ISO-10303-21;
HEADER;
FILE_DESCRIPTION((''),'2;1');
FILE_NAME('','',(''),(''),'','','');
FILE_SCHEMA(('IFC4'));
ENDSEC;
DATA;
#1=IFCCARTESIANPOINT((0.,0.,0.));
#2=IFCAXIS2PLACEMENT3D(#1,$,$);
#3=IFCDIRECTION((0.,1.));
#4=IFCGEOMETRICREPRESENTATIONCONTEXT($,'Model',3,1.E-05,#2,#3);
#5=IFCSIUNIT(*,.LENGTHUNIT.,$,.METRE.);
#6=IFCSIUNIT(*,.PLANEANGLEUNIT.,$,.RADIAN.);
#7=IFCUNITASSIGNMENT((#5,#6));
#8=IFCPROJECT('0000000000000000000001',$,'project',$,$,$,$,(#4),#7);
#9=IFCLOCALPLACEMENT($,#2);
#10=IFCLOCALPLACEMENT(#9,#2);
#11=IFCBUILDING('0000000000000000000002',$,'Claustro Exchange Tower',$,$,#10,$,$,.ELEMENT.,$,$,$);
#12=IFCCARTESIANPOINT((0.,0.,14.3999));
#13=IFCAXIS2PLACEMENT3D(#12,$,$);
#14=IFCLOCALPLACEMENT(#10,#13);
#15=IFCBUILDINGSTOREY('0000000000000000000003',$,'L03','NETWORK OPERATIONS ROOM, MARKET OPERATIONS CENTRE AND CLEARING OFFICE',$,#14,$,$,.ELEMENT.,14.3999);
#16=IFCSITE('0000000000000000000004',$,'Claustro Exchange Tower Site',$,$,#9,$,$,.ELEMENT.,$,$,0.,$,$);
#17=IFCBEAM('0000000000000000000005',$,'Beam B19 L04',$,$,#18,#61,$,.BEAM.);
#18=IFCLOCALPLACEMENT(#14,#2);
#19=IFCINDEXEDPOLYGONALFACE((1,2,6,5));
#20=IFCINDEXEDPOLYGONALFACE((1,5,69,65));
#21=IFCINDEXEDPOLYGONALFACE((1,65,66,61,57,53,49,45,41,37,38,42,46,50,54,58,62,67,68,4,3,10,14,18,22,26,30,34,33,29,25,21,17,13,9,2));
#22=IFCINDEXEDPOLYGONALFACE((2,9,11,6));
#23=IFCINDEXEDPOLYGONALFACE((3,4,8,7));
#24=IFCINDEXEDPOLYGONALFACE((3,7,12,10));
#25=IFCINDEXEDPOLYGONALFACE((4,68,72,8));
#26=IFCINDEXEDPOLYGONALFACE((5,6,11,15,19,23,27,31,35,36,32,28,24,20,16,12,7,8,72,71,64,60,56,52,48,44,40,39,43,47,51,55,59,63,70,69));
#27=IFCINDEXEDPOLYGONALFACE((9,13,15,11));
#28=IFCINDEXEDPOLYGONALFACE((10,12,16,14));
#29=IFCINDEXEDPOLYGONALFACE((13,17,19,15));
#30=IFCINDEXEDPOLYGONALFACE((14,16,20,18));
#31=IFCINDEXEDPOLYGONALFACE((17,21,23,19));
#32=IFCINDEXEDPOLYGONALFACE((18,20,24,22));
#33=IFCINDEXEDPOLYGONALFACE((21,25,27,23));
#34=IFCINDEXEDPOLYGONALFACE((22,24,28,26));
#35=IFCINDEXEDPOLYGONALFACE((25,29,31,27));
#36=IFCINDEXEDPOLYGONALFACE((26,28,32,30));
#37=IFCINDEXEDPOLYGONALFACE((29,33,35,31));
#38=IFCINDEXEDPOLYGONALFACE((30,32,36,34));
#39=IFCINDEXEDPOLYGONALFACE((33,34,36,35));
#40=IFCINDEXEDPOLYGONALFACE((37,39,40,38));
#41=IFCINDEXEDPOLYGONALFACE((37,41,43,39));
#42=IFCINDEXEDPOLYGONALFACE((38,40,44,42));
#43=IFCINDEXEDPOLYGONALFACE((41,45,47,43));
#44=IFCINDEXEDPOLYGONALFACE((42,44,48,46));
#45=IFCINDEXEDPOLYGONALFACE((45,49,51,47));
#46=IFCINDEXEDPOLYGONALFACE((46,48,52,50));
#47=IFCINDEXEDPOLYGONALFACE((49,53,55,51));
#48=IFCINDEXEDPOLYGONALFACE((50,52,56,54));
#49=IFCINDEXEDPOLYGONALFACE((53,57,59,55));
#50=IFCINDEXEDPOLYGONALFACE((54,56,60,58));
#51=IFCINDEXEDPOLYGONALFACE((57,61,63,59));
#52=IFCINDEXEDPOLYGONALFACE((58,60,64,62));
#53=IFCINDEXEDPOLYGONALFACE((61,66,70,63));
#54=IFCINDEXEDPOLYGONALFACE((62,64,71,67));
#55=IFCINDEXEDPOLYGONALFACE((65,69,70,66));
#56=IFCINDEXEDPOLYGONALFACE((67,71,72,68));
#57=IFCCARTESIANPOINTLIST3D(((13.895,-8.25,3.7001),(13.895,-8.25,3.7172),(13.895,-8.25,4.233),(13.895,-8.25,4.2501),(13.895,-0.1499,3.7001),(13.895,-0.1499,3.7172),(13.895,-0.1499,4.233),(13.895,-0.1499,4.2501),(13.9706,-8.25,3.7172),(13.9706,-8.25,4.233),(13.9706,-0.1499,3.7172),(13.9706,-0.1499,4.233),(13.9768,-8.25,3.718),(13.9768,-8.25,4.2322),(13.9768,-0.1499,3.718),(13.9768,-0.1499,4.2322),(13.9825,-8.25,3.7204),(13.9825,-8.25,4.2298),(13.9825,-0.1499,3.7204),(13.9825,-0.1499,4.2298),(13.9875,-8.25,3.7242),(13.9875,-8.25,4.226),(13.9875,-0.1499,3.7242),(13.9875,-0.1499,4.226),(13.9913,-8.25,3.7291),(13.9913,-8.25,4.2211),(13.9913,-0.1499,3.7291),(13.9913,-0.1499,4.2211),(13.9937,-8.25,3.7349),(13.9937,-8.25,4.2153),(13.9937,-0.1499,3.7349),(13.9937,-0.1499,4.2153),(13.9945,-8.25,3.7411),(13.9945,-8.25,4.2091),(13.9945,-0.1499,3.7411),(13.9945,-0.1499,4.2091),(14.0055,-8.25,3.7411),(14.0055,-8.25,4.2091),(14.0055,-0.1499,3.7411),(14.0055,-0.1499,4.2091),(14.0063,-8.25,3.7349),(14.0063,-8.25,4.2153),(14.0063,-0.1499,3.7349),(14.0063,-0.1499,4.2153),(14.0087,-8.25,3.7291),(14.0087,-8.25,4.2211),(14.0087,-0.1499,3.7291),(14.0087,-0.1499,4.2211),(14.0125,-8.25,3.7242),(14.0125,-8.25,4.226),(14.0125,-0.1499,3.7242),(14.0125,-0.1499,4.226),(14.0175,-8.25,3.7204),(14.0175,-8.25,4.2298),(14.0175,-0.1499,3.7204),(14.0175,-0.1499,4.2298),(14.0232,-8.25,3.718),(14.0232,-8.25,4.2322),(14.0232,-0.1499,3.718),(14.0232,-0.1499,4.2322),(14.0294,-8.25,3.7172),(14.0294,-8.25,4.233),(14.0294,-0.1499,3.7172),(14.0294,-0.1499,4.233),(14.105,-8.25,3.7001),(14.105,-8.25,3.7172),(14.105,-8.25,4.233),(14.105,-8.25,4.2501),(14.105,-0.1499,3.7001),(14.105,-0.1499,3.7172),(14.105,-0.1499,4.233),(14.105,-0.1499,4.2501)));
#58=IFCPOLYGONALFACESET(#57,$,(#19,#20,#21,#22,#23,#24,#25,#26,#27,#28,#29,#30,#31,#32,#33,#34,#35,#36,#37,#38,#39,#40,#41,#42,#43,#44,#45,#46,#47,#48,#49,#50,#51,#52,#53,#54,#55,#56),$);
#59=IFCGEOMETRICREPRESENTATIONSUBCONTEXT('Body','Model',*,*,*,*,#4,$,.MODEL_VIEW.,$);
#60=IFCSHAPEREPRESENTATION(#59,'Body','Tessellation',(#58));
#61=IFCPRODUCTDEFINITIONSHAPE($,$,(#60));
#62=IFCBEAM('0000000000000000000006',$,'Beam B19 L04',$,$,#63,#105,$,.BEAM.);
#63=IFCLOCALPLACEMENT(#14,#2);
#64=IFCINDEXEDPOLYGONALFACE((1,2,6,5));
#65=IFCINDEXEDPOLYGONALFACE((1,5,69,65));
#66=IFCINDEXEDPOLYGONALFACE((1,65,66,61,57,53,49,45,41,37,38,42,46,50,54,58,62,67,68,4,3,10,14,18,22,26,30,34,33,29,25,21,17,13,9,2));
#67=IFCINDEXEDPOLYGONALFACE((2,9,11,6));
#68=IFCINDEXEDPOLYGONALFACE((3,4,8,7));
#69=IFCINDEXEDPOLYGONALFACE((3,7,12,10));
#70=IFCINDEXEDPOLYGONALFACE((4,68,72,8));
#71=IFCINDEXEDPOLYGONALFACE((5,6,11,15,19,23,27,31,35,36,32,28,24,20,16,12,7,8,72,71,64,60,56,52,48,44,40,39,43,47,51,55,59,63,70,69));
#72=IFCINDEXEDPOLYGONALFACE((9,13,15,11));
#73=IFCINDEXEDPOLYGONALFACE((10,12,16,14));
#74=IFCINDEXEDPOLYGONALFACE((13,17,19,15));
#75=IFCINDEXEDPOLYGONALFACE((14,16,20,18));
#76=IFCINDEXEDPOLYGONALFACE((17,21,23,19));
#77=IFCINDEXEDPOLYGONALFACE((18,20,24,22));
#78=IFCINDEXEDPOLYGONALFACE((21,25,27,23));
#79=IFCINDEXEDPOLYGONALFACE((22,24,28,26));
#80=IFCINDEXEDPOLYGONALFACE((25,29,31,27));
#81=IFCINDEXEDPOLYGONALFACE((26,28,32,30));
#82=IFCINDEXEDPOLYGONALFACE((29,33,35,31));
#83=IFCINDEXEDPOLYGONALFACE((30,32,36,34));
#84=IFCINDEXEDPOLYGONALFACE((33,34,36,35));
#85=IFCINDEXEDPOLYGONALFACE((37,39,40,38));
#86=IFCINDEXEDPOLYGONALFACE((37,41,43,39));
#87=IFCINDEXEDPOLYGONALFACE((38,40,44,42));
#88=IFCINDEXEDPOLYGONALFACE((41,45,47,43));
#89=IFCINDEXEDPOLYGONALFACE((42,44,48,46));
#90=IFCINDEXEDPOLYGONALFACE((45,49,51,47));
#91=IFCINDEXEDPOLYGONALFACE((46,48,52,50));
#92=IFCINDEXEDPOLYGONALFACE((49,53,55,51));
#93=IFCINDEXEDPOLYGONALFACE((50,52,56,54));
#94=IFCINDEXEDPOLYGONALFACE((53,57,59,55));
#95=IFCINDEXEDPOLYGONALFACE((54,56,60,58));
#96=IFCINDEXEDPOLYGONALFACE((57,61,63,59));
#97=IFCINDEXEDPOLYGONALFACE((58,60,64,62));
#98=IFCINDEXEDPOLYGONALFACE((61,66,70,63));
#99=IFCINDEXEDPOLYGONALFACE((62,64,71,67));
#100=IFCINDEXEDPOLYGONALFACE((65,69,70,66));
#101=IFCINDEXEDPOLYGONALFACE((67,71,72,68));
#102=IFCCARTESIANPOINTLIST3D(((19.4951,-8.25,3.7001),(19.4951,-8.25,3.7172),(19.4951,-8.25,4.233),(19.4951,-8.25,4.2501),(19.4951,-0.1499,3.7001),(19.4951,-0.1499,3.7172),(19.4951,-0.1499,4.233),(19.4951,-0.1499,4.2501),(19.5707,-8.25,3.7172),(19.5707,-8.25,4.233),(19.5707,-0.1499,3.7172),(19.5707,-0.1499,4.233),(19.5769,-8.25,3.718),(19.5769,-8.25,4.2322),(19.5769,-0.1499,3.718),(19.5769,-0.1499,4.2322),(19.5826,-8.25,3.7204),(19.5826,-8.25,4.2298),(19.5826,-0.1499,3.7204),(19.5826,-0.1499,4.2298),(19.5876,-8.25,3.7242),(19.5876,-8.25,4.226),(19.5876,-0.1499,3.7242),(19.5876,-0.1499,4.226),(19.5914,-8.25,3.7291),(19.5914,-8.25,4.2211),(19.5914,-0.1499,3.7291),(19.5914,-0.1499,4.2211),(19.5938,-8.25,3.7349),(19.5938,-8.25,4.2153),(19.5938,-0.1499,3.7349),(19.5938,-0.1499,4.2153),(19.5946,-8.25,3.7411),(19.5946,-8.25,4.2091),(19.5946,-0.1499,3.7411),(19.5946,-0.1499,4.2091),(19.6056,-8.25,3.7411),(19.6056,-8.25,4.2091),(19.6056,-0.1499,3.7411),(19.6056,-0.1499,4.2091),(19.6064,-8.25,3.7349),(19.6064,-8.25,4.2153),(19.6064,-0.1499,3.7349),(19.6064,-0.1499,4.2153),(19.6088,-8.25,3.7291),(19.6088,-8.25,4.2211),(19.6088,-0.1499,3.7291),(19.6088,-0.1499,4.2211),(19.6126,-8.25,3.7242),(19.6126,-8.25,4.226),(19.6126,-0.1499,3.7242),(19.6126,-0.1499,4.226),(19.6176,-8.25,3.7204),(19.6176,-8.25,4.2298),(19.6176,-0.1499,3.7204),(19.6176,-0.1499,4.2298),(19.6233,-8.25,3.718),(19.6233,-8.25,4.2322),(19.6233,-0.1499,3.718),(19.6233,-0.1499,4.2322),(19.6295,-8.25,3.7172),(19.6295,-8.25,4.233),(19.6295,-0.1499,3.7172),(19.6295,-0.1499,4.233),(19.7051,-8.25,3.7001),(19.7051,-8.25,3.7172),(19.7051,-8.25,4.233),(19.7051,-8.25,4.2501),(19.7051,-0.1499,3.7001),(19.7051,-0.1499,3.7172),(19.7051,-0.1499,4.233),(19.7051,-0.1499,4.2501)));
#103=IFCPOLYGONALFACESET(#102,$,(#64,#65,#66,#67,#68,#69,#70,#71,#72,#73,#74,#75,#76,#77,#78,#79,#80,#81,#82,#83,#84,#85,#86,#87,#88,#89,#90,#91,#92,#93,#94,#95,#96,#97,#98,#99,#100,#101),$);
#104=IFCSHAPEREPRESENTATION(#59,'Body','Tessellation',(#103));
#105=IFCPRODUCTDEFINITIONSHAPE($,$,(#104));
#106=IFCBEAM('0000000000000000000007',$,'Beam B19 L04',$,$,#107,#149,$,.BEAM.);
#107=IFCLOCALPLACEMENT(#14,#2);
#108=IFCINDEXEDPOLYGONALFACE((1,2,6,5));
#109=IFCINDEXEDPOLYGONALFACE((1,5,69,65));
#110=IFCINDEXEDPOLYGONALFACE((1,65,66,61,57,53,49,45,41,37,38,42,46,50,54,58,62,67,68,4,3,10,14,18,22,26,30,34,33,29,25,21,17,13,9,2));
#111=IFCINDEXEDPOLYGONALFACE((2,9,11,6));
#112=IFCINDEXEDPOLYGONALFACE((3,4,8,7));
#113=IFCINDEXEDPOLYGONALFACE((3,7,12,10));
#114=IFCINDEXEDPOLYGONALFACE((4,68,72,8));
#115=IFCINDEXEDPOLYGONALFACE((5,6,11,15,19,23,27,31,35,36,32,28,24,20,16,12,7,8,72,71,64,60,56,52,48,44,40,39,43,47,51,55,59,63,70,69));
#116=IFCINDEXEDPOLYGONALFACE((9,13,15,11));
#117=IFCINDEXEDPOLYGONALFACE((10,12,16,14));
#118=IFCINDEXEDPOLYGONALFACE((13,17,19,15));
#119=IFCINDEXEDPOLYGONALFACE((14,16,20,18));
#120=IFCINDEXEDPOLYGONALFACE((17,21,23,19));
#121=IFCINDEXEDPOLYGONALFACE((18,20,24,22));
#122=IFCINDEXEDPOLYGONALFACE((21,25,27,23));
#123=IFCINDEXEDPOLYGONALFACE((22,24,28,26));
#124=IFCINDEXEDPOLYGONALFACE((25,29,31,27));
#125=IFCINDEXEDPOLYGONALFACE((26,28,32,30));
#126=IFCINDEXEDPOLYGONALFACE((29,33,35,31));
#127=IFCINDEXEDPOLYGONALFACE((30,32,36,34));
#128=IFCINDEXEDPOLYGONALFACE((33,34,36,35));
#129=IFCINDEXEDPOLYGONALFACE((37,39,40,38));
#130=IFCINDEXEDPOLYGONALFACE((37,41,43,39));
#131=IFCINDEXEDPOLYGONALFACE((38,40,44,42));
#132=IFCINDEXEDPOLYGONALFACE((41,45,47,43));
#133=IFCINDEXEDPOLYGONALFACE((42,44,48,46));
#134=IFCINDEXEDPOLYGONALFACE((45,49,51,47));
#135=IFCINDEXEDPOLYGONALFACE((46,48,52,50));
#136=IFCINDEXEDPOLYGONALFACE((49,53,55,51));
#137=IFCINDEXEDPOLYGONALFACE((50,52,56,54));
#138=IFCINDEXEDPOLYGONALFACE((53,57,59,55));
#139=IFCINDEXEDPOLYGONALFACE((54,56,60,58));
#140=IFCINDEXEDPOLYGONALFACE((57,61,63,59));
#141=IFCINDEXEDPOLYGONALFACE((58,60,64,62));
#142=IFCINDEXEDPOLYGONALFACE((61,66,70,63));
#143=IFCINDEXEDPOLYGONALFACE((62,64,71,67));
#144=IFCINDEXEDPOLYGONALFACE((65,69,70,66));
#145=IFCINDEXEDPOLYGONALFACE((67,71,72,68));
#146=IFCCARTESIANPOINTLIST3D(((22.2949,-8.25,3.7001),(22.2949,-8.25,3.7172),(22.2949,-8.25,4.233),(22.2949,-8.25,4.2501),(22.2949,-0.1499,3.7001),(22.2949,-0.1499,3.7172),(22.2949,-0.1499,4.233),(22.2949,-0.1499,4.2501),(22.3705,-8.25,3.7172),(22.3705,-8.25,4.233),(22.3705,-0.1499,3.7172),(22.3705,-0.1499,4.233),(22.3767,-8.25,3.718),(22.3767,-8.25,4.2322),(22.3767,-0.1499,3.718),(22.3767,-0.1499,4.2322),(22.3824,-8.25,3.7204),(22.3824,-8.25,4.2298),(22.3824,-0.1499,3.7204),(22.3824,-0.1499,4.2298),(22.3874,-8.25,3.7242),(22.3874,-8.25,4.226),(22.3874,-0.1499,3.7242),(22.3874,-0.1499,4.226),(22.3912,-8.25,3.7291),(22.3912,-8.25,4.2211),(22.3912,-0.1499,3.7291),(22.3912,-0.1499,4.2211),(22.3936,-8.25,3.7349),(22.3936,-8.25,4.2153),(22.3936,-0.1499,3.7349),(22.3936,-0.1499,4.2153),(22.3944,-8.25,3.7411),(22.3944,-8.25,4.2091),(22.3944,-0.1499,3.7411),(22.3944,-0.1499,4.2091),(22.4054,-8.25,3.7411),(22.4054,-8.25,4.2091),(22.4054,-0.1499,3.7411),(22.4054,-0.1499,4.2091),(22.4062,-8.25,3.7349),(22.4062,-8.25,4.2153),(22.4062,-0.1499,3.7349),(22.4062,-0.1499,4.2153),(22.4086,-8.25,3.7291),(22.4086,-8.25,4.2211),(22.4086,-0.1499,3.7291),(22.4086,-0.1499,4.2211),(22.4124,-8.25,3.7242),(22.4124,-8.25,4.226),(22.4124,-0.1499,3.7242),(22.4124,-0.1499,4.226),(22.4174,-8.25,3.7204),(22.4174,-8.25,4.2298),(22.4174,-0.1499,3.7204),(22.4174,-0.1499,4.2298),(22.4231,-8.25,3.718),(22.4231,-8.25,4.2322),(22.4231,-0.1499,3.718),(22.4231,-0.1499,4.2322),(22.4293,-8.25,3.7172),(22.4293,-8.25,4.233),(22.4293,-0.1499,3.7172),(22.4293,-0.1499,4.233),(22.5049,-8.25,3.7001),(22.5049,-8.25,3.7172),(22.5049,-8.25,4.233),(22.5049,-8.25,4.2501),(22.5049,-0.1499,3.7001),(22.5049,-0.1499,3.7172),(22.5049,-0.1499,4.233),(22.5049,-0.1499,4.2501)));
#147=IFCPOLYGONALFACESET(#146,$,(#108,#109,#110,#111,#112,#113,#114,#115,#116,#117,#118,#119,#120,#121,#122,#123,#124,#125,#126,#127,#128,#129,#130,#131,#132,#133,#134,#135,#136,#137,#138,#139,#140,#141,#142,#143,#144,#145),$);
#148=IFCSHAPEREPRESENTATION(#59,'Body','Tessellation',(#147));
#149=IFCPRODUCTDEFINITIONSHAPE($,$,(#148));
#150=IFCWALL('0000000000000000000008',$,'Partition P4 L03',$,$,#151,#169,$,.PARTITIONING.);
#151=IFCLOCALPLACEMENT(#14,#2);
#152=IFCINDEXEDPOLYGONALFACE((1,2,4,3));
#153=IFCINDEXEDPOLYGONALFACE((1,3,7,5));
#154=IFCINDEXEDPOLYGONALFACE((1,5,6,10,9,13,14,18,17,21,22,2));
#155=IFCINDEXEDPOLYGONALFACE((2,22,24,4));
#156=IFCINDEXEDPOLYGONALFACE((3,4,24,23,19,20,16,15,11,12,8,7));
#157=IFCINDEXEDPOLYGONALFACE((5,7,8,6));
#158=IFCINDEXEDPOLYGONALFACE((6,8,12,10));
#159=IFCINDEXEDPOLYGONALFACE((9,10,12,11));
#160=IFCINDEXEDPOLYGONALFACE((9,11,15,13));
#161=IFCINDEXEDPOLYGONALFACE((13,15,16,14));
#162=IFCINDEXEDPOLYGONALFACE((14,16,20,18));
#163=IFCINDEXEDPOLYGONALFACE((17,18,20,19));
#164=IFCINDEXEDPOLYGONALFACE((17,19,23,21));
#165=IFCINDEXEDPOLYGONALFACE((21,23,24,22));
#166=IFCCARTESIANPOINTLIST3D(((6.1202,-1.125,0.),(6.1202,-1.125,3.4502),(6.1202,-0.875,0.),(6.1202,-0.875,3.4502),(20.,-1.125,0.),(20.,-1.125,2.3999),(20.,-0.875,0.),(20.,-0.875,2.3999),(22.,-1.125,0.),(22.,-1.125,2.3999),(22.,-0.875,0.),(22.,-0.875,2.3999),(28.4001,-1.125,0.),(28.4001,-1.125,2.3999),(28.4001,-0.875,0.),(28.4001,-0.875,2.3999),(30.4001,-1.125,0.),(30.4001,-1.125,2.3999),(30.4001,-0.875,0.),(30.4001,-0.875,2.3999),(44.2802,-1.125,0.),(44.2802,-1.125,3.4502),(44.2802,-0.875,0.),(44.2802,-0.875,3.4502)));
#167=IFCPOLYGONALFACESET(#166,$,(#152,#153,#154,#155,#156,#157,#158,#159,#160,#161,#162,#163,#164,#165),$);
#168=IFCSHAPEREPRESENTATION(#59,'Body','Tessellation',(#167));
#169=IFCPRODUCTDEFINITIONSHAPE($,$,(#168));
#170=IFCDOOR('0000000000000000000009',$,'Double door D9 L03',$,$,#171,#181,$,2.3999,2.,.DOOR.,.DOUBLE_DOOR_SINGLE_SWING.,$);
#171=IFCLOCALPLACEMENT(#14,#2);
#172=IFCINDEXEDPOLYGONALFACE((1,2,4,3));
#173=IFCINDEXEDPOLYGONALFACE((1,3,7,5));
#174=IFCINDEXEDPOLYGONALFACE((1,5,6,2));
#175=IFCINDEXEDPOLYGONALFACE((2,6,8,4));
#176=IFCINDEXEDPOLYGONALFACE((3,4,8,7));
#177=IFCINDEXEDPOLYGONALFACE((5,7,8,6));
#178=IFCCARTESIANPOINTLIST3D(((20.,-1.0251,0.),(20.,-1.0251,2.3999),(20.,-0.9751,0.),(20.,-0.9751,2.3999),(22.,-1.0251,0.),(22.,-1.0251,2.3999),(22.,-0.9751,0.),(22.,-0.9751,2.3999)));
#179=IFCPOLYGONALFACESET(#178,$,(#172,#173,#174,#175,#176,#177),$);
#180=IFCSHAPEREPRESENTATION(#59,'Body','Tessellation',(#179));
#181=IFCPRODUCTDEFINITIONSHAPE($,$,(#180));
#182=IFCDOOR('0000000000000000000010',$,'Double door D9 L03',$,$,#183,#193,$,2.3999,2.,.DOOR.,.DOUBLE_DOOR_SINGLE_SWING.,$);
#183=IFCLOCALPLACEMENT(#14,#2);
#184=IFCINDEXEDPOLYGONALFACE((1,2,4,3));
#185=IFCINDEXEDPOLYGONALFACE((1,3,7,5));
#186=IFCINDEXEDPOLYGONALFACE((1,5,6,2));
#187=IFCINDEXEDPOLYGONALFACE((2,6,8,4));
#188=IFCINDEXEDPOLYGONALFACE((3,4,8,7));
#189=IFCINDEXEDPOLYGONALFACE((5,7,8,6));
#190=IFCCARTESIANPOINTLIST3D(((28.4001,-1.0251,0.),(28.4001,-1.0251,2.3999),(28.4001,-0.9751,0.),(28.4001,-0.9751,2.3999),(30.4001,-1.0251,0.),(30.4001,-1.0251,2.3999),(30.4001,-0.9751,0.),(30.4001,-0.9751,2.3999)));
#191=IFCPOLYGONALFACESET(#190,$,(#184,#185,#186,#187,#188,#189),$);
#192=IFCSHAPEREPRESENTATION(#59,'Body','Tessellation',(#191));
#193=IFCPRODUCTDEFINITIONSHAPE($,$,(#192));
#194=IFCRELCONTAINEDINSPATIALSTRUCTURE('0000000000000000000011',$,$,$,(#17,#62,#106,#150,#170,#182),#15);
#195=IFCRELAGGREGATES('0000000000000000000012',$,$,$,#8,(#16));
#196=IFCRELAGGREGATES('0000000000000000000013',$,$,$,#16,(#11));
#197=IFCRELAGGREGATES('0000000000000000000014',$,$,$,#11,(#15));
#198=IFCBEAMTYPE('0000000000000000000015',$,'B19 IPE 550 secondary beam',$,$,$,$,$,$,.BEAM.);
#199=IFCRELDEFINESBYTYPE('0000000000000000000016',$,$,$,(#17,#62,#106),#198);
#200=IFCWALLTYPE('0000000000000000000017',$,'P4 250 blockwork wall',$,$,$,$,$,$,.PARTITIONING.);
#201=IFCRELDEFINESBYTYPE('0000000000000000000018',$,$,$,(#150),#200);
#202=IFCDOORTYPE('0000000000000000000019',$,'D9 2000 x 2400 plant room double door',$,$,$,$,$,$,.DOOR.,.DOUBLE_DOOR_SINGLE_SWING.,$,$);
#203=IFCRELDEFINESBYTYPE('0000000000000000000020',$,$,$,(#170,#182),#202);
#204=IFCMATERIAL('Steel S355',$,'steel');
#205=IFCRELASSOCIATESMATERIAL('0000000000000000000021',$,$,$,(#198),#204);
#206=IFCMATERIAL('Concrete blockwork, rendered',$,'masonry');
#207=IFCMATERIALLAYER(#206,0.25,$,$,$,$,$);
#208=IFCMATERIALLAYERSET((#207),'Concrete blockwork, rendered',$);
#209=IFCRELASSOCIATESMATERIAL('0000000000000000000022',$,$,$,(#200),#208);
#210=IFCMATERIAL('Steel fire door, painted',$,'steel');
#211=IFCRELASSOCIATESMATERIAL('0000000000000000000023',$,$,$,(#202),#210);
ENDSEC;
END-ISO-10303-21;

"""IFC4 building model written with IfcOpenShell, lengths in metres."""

from ifc_helpers import new_model, si_unit, direction, frame, frame_2d, origin, origin_2d, place, context, subcontext, project, spatial, rectangle, i_section, extrude, material, layer, layer_set, material_profile, profile_set, type_object, element, fill, save


model = new_model("IFC4")

# Units and contexts
model_context = context("Model", 3, precision=1e-05, world=origin(), true_north=direction((0.0, 1.0)))
body_context = subcontext(model_context, "Body", "Model", "MODEL_VIEW")
ifc_project = project(units=[si_unit("LENGTHUNIT", "METRE"), si_unit("PLANEANGLEUNIT", "RADIAN")], contexts=[model_context])

# Site, building, storey
site_placement = place(None, origin())
site = spatial("IfcSite", under=ifc_project, at=site_placement, Name="Claustro Exchange Tower Site", CompositionType="ELEMENT", RefElevation=0.0)
building_placement = place(site_placement, origin())
building = spatial("IfcBuilding", under=site, at=building_placement, Name="Claustro Exchange Tower", CompositionType="ELEMENT")
storey_placement = place(building_placement, frame((0.0, 0.0, 14.3999)))
storey = spatial("IfcBuildingStorey", under=building, at=storey_placement, Name="L03", Description="NETWORK OPERATIONS ROOM, MARKET OPERATIONS CENTRE AND CLEARING OFFICE", CompositionType="ELEMENT", Elevation=14.3999)

# Beams
ifc_material_1 = material(Name="Steel S355", Category="steel")
ifc_material_profile_1 = material_profile(ifc_material_1, i_section(OverallWidth=0.21, OverallDepth=0.55, WebThickness=0.011, FlangeThickness=0.0171, FilletRadius=0.0239, at=origin_2d()), Name="IPE 550")
ifc_profile_set_1 = profile_set([ifc_material_profile_1], Name="Steel S355")
beam_type_1 = type_object("IfcBeamType", Name="B19 IPE 550 secondary beam", PredefinedType="BEAM", material=ifc_profile_set_1)
for number, where, z_axis, x_axis, name in (
    (1, (14.0, -8.25, 3.9751), (0.0, 1.0, 0.0), (-1.0, 0.0, 0.0), "Beam B19 L04"),
    (2, (19.6001, -8.25, 3.9751), (0.0, 1.0, 0.0), (-1.0, 0.0, 0.0), "Beam B19 L04"),
    (3, (22.3999, -8.25, 3.9751), (0.0, 1.0, 0.0), (-1.0, 0.0, 0.0), "Beam B19 L04"),
):
    element("IfcBeam", number, at=place(storey_placement, frame(where, z_axis=z_axis, x_axis=x_axis)), inside=storey, type_object=beam_type_1, Name=name, PredefinedType="BEAM", context=body_context, shape_type="SweptSolid", body=[
        extrude(i_section(OverallWidth=0.21, OverallDepth=0.55, WebThickness=0.011, FlangeThickness=0.0171, FilletRadius=0.0239, at=origin_2d()), origin(), (0.0, 0.0, 1.0), 8.1001),
    ])

# Wall, openings, doors
ifc_material_2 = material(Name="Concrete blockwork, rendered", Category="masonry")
ifc_layer_1 = layer(ifc_material_2, 0.25)
ifc_layer_set_1 = layer_set([ifc_layer_1], Name="Concrete blockwork, rendered")
wall_type_1 = type_object("IfcWallType", Name="P4 250 blockwork wall", PredefinedType="PARTITIONING", material=ifc_layer_set_1)
wall_1_placement = place(storey_placement, frame((6.1201, -1.0, 0.0), z_axis=(0.0, 0.0, 1.0), x_axis=(1.0, 0.0, 0.0)))
wall_1 = element("IfcWall", 4, at=wall_1_placement, inside=storey, type_object=wall_type_1, Name="Partition P4 L03", PredefinedType="PARTITIONING", context=body_context, shape_type="SweptSolid", body=[
    extrude(rectangle(XDim=38.1599, YDim=0.25, at=frame_2d((19.0801, 0.0))), origin(), (0.0, 0.0, 1.0), 3.4502),
])
opening_1_placement = place(wall_1_placement, frame((13.8799, 0.0, 0.0)))
opening_1 = element("IfcOpeningElement", 5, at=opening_1_placement, cuts=wall_1, PredefinedType="OPENING", context=body_context, shape_type="SweptSolid", body=[
    extrude(rectangle(XDim=2.0, YDim=2.3999, at=frame_2d((1.0, 1.2))), frame((0.0, 0.135, 0.0), z_axis=(0.0, -1.0, 0.0), x_axis=(1.0, 0.0, 0.0)), (0.0, 0.0, 1.0), 0.27),
])
opening_2_placement = place(wall_1_placement, frame((22.28, 0.0, 0.0)))
opening_2 = element("IfcOpeningElement", 6, at=opening_2_placement, cuts=wall_1, PredefinedType="OPENING", context=body_context, shape_type="SweptSolid", body=[
    extrude(rectangle(XDim=2.0, YDim=2.3999, at=frame_2d((1.0, 1.2))), frame((0.0, 0.135, 0.0), z_axis=(0.0, -1.0, 0.0), x_axis=(1.0, 0.0, 0.0)), (0.0, 0.0, 1.0), 0.27),
])
ifc_material_3 = material(Name="Steel fire door, painted", Category="steel")
door_type_1 = type_object("IfcDoorType", Name="D9 2000 x 2400 plant room double door", OperationType="DOUBLE_DOOR_SINGLE_SWING", PredefinedType="DOOR", material=ifc_material_3)
door_1_placement = place(opening_1_placement, origin())
door_1 = element("IfcDoor", 7, at=door_1_placement, inside=storey, type_object=door_type_1, Name="Double door D9 L03", OperationType="DOUBLE_DOOR_SINGLE_SWING", OverallHeight=2.3999, OverallWidth=2.0, PredefinedType="DOOR", context=body_context, shape_type="SweptSolid", body=[
    extrude(rectangle(XDim=2.0, YDim=2.3999, at=frame_2d((1.0, 1.2))), frame((0.0, 0.0249, 0.0), z_axis=(0.0, -1.0, 0.0), x_axis=(1.0, 0.0, 0.0)), (0.0, 0.0, 1.0), 0.05),
])
fill(opening_1, door_1)
door_2_placement = place(opening_2_placement, origin())
door_2 = element("IfcDoor", 8, at=door_2_placement, inside=storey, type_object=door_type_1, Name="Double door D9 L03", OperationType="DOUBLE_DOOR_SINGLE_SWING", OverallHeight=2.3999, OverallWidth=2.0, PredefinedType="DOOR", context=body_context, shape_type="SweptSolid", body=[
    extrude(rectangle(XDim=2.0, YDim=2.3999, at=frame_2d((1.0, 1.2))), frame((0.0, 0.0249, 0.0), z_axis=(0.0, -1.0, 0.0), x_axis=(1.0, 0.0, 0.0)), (0.0, 0.0, 1.0), 0.05),
])
fill(opening_2, door_2)

save(model, "model.ifc")
